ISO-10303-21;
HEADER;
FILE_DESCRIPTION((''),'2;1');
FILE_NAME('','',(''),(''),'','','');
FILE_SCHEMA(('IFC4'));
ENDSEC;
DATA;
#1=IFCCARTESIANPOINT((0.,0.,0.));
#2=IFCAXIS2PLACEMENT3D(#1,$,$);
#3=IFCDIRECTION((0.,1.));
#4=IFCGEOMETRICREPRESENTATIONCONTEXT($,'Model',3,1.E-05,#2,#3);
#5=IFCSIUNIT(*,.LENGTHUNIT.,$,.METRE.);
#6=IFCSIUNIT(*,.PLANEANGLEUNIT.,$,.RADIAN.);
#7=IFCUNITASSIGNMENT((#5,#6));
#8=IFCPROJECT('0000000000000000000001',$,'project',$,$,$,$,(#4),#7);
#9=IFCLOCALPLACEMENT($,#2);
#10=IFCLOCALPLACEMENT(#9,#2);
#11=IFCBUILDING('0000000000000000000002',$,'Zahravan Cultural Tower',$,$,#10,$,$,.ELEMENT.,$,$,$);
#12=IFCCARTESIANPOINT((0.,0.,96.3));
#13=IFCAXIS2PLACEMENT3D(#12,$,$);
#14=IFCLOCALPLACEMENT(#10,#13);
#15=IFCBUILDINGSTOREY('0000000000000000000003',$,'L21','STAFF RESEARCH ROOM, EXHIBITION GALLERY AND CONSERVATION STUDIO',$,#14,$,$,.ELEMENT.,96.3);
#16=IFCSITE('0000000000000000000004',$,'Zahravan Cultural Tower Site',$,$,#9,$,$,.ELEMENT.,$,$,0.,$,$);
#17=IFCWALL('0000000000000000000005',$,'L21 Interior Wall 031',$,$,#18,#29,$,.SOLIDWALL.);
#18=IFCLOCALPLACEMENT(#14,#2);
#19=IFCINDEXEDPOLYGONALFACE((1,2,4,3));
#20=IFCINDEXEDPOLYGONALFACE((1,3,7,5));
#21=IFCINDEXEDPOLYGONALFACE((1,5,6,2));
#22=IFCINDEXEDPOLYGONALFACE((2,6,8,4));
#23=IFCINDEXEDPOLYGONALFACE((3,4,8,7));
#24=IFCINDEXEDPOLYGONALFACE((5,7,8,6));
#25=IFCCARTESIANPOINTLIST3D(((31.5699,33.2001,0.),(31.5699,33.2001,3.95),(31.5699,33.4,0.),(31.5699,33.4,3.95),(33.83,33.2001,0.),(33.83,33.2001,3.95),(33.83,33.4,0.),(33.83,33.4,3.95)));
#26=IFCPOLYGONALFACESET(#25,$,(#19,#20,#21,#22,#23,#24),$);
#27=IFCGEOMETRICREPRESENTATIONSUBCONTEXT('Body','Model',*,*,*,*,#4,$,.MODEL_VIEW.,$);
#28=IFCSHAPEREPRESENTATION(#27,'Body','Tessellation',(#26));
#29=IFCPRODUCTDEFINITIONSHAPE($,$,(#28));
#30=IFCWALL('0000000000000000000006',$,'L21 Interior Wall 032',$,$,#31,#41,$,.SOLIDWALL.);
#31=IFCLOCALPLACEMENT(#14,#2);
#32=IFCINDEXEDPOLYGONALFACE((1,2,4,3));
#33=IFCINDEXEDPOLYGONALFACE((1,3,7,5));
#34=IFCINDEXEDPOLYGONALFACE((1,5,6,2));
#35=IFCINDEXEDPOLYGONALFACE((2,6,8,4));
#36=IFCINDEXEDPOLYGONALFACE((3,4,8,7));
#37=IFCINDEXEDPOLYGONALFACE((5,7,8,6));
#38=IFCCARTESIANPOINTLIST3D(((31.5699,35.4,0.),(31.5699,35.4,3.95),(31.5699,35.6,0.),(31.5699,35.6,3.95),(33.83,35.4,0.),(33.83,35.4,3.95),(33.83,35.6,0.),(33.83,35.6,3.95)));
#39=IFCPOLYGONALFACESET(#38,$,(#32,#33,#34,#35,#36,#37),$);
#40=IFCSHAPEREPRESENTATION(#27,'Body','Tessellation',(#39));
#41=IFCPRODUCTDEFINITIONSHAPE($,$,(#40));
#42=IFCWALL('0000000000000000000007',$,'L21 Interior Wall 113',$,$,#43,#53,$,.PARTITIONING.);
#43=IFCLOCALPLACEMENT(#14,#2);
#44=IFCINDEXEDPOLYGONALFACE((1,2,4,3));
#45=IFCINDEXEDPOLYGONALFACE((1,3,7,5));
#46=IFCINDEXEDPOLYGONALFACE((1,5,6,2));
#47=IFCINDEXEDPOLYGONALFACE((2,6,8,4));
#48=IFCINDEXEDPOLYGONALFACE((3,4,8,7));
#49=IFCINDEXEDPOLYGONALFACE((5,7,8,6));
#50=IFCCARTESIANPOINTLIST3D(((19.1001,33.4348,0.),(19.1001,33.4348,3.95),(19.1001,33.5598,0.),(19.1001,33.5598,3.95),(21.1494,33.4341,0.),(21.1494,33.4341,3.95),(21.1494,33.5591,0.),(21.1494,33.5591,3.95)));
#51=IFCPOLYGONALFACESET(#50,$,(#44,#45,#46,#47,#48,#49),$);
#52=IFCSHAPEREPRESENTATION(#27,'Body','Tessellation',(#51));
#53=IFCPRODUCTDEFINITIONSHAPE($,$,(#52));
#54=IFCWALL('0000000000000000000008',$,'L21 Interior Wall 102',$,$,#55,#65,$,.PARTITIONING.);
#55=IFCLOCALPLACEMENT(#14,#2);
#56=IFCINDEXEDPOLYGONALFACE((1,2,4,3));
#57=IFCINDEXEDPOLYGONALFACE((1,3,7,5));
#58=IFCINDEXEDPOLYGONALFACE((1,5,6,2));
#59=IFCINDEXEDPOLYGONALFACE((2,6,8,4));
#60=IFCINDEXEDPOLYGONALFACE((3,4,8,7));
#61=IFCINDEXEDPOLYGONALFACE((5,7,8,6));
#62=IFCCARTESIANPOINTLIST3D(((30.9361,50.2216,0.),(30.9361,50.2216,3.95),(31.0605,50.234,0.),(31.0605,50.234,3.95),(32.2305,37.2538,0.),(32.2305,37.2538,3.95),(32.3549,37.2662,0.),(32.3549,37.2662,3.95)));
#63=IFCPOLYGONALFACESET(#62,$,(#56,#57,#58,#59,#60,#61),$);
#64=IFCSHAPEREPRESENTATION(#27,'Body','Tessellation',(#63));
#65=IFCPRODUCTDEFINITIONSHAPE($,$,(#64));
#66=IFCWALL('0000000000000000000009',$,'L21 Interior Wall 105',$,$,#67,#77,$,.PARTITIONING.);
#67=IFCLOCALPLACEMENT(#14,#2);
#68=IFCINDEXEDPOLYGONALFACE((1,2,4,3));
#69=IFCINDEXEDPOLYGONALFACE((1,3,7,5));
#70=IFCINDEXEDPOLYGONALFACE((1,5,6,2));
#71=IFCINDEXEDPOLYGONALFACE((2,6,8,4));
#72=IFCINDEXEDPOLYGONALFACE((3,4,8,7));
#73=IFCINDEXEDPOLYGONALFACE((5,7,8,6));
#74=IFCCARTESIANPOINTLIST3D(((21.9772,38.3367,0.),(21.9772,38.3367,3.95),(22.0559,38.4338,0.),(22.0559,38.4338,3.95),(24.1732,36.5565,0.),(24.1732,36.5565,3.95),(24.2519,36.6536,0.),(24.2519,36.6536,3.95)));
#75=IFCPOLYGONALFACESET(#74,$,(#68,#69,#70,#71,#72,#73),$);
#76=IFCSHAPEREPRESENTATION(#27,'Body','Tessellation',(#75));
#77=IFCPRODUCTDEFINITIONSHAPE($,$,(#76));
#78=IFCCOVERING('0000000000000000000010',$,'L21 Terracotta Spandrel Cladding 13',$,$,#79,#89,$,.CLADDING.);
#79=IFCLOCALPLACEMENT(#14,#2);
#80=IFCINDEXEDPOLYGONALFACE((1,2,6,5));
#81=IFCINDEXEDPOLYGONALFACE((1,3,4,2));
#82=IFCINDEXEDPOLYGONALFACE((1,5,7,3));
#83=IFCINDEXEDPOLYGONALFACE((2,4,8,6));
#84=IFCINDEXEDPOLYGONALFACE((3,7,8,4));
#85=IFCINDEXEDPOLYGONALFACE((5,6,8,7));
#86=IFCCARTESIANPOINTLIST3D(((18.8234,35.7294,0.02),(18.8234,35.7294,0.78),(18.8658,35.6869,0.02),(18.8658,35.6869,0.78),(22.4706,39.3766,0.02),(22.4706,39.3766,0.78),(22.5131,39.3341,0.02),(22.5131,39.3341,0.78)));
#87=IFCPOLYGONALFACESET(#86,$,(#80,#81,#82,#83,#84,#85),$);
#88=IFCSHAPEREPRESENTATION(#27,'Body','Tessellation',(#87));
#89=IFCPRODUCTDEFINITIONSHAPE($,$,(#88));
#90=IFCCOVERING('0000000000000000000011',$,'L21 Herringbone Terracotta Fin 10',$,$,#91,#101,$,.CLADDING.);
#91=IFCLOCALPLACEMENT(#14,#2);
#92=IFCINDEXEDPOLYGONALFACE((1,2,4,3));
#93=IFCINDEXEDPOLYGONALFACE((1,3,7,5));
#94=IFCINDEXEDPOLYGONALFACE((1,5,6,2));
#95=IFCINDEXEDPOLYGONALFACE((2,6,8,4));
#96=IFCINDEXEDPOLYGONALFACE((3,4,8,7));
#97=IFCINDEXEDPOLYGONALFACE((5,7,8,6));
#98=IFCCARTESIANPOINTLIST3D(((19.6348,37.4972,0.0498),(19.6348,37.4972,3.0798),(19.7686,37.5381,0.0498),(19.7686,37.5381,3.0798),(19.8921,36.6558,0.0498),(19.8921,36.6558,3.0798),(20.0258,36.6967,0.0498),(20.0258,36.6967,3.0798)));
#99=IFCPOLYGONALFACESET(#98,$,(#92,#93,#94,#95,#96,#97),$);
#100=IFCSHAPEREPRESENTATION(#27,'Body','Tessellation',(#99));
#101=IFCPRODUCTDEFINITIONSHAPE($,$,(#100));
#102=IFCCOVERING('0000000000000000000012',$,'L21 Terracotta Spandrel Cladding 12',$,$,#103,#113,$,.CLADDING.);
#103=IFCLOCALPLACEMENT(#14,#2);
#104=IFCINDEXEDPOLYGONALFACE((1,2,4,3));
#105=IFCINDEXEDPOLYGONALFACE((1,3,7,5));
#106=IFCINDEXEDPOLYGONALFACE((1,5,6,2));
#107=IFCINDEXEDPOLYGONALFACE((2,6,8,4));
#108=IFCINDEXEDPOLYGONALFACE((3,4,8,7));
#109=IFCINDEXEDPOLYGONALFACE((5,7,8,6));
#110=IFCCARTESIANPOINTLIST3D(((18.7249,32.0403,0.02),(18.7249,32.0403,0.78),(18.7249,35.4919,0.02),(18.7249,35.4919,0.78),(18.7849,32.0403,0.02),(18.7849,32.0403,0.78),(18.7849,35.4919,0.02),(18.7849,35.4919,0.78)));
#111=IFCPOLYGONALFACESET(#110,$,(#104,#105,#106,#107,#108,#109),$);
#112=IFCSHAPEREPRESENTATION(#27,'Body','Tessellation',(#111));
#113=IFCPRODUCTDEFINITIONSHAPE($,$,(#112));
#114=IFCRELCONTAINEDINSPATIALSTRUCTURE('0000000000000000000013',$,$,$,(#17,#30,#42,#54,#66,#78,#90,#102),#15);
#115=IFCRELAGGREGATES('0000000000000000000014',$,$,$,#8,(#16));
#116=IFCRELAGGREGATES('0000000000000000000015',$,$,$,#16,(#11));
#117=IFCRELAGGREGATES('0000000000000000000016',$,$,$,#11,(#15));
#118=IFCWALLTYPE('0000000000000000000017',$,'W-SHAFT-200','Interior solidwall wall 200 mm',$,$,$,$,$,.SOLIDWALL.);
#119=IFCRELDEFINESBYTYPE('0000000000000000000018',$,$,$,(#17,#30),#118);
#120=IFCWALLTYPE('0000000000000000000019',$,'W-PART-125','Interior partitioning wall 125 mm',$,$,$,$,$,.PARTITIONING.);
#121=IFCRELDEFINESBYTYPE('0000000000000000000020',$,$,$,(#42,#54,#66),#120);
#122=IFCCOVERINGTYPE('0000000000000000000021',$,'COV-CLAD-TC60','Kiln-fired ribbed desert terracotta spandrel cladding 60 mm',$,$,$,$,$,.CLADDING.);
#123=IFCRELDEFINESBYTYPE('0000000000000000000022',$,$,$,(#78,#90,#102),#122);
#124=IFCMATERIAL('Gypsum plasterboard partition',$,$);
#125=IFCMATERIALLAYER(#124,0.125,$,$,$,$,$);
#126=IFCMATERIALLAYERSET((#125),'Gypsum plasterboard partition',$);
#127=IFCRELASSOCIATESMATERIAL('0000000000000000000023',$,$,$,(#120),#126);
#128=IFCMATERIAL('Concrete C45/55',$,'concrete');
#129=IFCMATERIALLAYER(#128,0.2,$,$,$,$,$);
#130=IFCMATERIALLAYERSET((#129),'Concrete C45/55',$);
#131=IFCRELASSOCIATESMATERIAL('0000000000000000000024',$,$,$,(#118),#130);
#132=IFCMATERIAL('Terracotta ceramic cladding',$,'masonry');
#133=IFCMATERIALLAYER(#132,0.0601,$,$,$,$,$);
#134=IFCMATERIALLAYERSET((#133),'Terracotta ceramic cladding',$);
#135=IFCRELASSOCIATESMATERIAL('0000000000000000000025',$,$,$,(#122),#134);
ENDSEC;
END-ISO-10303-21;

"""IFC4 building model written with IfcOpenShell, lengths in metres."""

from ifc_helpers import new_model, si_unit, direction, frame, frame_2d, origin, origin_2d, place, context, subcontext, project, spatial, rectangle, extrude, source, transform, mapped, material, layer, layer_set, type_object, element, save


model = new_model("IFC4")

# Units and contexts
model_context = context("Model", 3, precision=1e-05, world=origin(), true_north=direction((0.0, 1.0)))
body_context = subcontext(model_context, "Body", "Model", "MODEL_VIEW")
ifc_project = project(units=[si_unit("LENGTHUNIT", "METRE"), si_unit("PLANEANGLEUNIT", "RADIAN")], contexts=[model_context])

# Site, building, storey
site_placement = place(None, origin())
site = spatial("IfcSite", under=ifc_project, at=site_placement, Name="Zahravan Cultural Tower Site", CompositionType="ELEMENT", RefElevation=0.0)
building_placement = place(site_placement, origin())
building = spatial("IfcBuilding", under=site, at=building_placement, Name="Zahravan Cultural Tower", CompositionType="ELEMENT")
storey_placement = place(building_placement, frame((0.0, 0.0, 96.3)))
storey = spatial("IfcBuildingStorey", under=building, at=storey_placement, Name="L21", Description="STAFF RESEARCH ROOM, EXHIBITION GALLERY AND CONSERVATION STUDIO", CompositionType="ELEMENT", Elevation=96.3)

# Shared definitions
ifc_material_1 = material(Name="Gypsum plasterboard partition")
ifc_layer_1 = layer(ifc_material_1, 0.125)
ifc_layer_set_1 = layer_set([ifc_layer_1], Name="Gypsum plasterboard partition")
wall_type_1 = type_object("IfcWallType", Name="W-PART-125", Description="Interior partitioning wall 125 mm", PredefinedType="PARTITIONING", material=ifc_layer_set_1)
ifc_material_2 = material(Name="Concrete C45/55", Category="concrete")
ifc_layer_2 = layer(ifc_material_2, 0.2)
ifc_layer_set_2 = layer_set([ifc_layer_2], Name="Concrete C45/55")
wall_type_2 = type_object("IfcWallType", Name="W-SHAFT-200", Description="Interior solidwall wall 200 mm", PredefinedType="SOLIDWALL", material=ifc_layer_set_2)

# Walls
shared_shape_1 = source(origin(), body_context, "Body", "SweptSolid", [
    extrude(rectangle(XDim=2.26, YDim=0.2, at=frame_2d((1.1299, 0.0))), origin(), (0.0, 0.0, 1.0), 3.95),
])
for number, where, z_axis, x_axis, name in (
    (1, (31.5701, 33.3, 0.0), (0.0, 0.0, 1.0), (1.0, 0.0, 0.0), "L21 Interior Wall 031"),
    (2, (31.5701, 35.5, 0.0), (0.0, 0.0, 1.0), (1.0, 0.0, 0.0), "L21 Interior Wall 032"),
):
    element("IfcWall", number, at=place(storey_placement, frame(where, z_axis=z_axis, x_axis=x_axis)), inside=storey, type_object=wall_type_2, Name=name, PredefinedType="SOLIDWALL", context=body_context, shape_type="MappedRepresentation", body=[
        mapped(shared_shape_1, transform((0.0, 0.0, 0.0), x_axis=(1.0, 0.0, 0.0), y_axis=(0.0, 1.0, 0.0), z_axis=(0.0, 0.0, 1.0), scale=1.0)),
    ])
shared_shape_2 = source(origin(), body_context, "Body", "SweptSolid", [
    extrude(rectangle(XDim=2.0493, YDim=0.125, at=frame_2d((1.0247, 0.0))), origin(), (0.0, 0.0, 1.0), 3.95),
])
wall_1_placement = place(storey_placement, frame((21.1494, 33.4966, 0.0), z_axis=(0.0, 0.0, 1.0), x_axis=(-1.0, 0.000357, 0.0)))
element("IfcWall", 3, at=wall_1_placement, inside=storey, type_object=wall_type_1, Name="L21 Interior Wall 113", PredefinedType="PARTITIONING", context=body_context, shape_type="MappedRepresentation", body=[
    mapped(shared_shape_2, transform((0.0, 0.0, 0.0), x_axis=(1.0, 0.0, 0.0), y_axis=(0.0, 1.0, 0.0), z_axis=(0.0, 0.0, 1.0), scale=1.0)),
])
shared_shape_3 = source(origin(), body_context, "Body", "SweptSolid", [
    extrude(rectangle(XDim=13.0322, YDim=0.125, at=frame_2d((6.5161, 0.0))), origin(), (0.0, 0.0, 1.0), 3.95),
])
wall_2_placement = place(storey_placement, frame((32.2927, 37.26, 0.0), z_axis=(0.0, 0.0, 1.0), x_axis=(-0.099326, 0.995055, 0.0)))
element("IfcWall", 4, at=wall_2_placement, inside=storey, type_object=wall_type_1, Name="L21 Interior Wall 102", PredefinedType="PARTITIONING", context=body_context, shape_type="MappedRepresentation", body=[
    mapped(shared_shape_3, transform((0.0, 0.0, 0.0), x_axis=(1.0, 0.0, 0.0), y_axis=(0.0, 1.0, 0.0), z_axis=(0.0, 0.0, 1.0), scale=1.0)),
])
shared_shape_4 = source(origin(), body_context, "Body", "SweptSolid", [
    extrude(rectangle(XDim=2.8269, YDim=0.125, at=frame_2d((1.4136, 0.0))), origin(), (0.0, 0.0, 1.0), 3.95),
])
wall_3_placement = place(storey_placement, frame((24.2126, 36.605, 0.0), z_axis=(0.0, 0.0, 1.0), x_axis=(-0.776808, 0.629737, 0.0)))
element("IfcWall", 5, at=wall_3_placement, inside=storey, type_object=wall_type_1, Name="L21 Interior Wall 105", PredefinedType="PARTITIONING", context=body_context, shape_type="MappedRepresentation", body=[
    mapped(shared_shape_4, transform((0.0, 0.0, 0.0), x_axis=(1.0, 0.0, 0.0), y_axis=(0.0, 1.0, 0.0), z_axis=(0.0, 0.0, 1.0), scale=1.0)),
])

# Coverings
ifc_material_3 = material(Name="Terracotta ceramic cladding", Category="masonry")
ifc_layer_3 = layer(ifc_material_3, 0.0601)
ifc_layer_set_3 = layer_set([ifc_layer_3], Name="Terracotta ceramic cladding")
covering_type = type_object("IfcCoveringType", Name="COV-CLAD-TC60", Description="Kiln-fired ribbed desert terracotta spandrel cladding 60 mm", PredefinedType="CLADDING", material=ifc_layer_set_3)
shared_shape_5 = source(origin(), body_context, "Body", "SweptSolid", [
    extrude(rectangle(XDim=5.158, YDim=0.0601, at=origin_2d()), origin(), (0.0, 0.0, 1.0), 0.76),
])
covering_1_placement = place(storey_placement, frame((20.6682, 37.5317, 0.02), z_axis=(0.0, 0.0, 1.0), x_axis=(0.707107, 0.707107, 0.0)))
element("IfcCovering", 6, at=covering_1_placement, inside=storey, type_object=covering_type, Name="L21 Terracotta Spandrel Cladding 13", PredefinedType="CLADDING", context=body_context, shape_type="MappedRepresentation", body=[
    mapped(shared_shape_5, transform((0.0, 0.0, 0.0), x_axis=(1.0, 0.0, 0.0), y_axis=(0.0, 1.0, 0.0), z_axis=(0.0, 0.0, 1.0), scale=1.0)),
])
shared_shape_6 = source(origin(), body_context, "Body", "SweptSolid", [
    extrude(rectangle(XDim=0.8799, YDim=0.1399, at=origin_2d()), origin(), (0.0, 0.0, 1.0), 3.03),
])
covering_2_placement = place(storey_placement, frame((19.8303, 37.0969, 0.0498), z_axis=(0.0, 0.0, 1.0), x_axis=(-0.292372, 0.956305, 0.0)))
element("IfcCovering", 7, at=covering_2_placement, inside=storey, type_object=covering_type, Name="L21 Herringbone Terracotta Fin 10", PredefinedType="CLADDING", context=body_context, shape_type="MappedRepresentation", body=[
    mapped(shared_shape_6, transform((0.0, 0.0, 0.0), x_axis=(1.0, 0.0, 0.0), y_axis=(0.0, 1.0, 0.0), z_axis=(0.0, 0.0, 1.0), scale=1.0)),
])
shared_shape_7 = source(origin(), body_context, "Body", "SweptSolid", [
    extrude(rectangle(XDim=3.4517, YDim=0.0601, at=origin_2d()), origin(), (0.0, 0.0, 1.0), 0.76),
])
covering_3_placement = place(storey_placement, frame((18.7549, 33.7661, 0.02), z_axis=(0.0, 0.0, 1.0), x_axis=(0.0, 1.0, 0.0)))
element("IfcCovering", 8, at=covering_3_placement, inside=storey, type_object=covering_type, Name="L21 Terracotta Spandrel Cladding 12", PredefinedType="CLADDING", context=body_context, shape_type="MappedRepresentation", body=[
    mapped(shared_shape_7, transform((0.0, 0.0, 0.0), x_axis=(1.0, 0.0, 0.0), y_axis=(0.0, 1.0, 0.0), z_axis=(0.0, 0.0, 1.0), scale=1.0)),
])

save(model, "model.ifc")
